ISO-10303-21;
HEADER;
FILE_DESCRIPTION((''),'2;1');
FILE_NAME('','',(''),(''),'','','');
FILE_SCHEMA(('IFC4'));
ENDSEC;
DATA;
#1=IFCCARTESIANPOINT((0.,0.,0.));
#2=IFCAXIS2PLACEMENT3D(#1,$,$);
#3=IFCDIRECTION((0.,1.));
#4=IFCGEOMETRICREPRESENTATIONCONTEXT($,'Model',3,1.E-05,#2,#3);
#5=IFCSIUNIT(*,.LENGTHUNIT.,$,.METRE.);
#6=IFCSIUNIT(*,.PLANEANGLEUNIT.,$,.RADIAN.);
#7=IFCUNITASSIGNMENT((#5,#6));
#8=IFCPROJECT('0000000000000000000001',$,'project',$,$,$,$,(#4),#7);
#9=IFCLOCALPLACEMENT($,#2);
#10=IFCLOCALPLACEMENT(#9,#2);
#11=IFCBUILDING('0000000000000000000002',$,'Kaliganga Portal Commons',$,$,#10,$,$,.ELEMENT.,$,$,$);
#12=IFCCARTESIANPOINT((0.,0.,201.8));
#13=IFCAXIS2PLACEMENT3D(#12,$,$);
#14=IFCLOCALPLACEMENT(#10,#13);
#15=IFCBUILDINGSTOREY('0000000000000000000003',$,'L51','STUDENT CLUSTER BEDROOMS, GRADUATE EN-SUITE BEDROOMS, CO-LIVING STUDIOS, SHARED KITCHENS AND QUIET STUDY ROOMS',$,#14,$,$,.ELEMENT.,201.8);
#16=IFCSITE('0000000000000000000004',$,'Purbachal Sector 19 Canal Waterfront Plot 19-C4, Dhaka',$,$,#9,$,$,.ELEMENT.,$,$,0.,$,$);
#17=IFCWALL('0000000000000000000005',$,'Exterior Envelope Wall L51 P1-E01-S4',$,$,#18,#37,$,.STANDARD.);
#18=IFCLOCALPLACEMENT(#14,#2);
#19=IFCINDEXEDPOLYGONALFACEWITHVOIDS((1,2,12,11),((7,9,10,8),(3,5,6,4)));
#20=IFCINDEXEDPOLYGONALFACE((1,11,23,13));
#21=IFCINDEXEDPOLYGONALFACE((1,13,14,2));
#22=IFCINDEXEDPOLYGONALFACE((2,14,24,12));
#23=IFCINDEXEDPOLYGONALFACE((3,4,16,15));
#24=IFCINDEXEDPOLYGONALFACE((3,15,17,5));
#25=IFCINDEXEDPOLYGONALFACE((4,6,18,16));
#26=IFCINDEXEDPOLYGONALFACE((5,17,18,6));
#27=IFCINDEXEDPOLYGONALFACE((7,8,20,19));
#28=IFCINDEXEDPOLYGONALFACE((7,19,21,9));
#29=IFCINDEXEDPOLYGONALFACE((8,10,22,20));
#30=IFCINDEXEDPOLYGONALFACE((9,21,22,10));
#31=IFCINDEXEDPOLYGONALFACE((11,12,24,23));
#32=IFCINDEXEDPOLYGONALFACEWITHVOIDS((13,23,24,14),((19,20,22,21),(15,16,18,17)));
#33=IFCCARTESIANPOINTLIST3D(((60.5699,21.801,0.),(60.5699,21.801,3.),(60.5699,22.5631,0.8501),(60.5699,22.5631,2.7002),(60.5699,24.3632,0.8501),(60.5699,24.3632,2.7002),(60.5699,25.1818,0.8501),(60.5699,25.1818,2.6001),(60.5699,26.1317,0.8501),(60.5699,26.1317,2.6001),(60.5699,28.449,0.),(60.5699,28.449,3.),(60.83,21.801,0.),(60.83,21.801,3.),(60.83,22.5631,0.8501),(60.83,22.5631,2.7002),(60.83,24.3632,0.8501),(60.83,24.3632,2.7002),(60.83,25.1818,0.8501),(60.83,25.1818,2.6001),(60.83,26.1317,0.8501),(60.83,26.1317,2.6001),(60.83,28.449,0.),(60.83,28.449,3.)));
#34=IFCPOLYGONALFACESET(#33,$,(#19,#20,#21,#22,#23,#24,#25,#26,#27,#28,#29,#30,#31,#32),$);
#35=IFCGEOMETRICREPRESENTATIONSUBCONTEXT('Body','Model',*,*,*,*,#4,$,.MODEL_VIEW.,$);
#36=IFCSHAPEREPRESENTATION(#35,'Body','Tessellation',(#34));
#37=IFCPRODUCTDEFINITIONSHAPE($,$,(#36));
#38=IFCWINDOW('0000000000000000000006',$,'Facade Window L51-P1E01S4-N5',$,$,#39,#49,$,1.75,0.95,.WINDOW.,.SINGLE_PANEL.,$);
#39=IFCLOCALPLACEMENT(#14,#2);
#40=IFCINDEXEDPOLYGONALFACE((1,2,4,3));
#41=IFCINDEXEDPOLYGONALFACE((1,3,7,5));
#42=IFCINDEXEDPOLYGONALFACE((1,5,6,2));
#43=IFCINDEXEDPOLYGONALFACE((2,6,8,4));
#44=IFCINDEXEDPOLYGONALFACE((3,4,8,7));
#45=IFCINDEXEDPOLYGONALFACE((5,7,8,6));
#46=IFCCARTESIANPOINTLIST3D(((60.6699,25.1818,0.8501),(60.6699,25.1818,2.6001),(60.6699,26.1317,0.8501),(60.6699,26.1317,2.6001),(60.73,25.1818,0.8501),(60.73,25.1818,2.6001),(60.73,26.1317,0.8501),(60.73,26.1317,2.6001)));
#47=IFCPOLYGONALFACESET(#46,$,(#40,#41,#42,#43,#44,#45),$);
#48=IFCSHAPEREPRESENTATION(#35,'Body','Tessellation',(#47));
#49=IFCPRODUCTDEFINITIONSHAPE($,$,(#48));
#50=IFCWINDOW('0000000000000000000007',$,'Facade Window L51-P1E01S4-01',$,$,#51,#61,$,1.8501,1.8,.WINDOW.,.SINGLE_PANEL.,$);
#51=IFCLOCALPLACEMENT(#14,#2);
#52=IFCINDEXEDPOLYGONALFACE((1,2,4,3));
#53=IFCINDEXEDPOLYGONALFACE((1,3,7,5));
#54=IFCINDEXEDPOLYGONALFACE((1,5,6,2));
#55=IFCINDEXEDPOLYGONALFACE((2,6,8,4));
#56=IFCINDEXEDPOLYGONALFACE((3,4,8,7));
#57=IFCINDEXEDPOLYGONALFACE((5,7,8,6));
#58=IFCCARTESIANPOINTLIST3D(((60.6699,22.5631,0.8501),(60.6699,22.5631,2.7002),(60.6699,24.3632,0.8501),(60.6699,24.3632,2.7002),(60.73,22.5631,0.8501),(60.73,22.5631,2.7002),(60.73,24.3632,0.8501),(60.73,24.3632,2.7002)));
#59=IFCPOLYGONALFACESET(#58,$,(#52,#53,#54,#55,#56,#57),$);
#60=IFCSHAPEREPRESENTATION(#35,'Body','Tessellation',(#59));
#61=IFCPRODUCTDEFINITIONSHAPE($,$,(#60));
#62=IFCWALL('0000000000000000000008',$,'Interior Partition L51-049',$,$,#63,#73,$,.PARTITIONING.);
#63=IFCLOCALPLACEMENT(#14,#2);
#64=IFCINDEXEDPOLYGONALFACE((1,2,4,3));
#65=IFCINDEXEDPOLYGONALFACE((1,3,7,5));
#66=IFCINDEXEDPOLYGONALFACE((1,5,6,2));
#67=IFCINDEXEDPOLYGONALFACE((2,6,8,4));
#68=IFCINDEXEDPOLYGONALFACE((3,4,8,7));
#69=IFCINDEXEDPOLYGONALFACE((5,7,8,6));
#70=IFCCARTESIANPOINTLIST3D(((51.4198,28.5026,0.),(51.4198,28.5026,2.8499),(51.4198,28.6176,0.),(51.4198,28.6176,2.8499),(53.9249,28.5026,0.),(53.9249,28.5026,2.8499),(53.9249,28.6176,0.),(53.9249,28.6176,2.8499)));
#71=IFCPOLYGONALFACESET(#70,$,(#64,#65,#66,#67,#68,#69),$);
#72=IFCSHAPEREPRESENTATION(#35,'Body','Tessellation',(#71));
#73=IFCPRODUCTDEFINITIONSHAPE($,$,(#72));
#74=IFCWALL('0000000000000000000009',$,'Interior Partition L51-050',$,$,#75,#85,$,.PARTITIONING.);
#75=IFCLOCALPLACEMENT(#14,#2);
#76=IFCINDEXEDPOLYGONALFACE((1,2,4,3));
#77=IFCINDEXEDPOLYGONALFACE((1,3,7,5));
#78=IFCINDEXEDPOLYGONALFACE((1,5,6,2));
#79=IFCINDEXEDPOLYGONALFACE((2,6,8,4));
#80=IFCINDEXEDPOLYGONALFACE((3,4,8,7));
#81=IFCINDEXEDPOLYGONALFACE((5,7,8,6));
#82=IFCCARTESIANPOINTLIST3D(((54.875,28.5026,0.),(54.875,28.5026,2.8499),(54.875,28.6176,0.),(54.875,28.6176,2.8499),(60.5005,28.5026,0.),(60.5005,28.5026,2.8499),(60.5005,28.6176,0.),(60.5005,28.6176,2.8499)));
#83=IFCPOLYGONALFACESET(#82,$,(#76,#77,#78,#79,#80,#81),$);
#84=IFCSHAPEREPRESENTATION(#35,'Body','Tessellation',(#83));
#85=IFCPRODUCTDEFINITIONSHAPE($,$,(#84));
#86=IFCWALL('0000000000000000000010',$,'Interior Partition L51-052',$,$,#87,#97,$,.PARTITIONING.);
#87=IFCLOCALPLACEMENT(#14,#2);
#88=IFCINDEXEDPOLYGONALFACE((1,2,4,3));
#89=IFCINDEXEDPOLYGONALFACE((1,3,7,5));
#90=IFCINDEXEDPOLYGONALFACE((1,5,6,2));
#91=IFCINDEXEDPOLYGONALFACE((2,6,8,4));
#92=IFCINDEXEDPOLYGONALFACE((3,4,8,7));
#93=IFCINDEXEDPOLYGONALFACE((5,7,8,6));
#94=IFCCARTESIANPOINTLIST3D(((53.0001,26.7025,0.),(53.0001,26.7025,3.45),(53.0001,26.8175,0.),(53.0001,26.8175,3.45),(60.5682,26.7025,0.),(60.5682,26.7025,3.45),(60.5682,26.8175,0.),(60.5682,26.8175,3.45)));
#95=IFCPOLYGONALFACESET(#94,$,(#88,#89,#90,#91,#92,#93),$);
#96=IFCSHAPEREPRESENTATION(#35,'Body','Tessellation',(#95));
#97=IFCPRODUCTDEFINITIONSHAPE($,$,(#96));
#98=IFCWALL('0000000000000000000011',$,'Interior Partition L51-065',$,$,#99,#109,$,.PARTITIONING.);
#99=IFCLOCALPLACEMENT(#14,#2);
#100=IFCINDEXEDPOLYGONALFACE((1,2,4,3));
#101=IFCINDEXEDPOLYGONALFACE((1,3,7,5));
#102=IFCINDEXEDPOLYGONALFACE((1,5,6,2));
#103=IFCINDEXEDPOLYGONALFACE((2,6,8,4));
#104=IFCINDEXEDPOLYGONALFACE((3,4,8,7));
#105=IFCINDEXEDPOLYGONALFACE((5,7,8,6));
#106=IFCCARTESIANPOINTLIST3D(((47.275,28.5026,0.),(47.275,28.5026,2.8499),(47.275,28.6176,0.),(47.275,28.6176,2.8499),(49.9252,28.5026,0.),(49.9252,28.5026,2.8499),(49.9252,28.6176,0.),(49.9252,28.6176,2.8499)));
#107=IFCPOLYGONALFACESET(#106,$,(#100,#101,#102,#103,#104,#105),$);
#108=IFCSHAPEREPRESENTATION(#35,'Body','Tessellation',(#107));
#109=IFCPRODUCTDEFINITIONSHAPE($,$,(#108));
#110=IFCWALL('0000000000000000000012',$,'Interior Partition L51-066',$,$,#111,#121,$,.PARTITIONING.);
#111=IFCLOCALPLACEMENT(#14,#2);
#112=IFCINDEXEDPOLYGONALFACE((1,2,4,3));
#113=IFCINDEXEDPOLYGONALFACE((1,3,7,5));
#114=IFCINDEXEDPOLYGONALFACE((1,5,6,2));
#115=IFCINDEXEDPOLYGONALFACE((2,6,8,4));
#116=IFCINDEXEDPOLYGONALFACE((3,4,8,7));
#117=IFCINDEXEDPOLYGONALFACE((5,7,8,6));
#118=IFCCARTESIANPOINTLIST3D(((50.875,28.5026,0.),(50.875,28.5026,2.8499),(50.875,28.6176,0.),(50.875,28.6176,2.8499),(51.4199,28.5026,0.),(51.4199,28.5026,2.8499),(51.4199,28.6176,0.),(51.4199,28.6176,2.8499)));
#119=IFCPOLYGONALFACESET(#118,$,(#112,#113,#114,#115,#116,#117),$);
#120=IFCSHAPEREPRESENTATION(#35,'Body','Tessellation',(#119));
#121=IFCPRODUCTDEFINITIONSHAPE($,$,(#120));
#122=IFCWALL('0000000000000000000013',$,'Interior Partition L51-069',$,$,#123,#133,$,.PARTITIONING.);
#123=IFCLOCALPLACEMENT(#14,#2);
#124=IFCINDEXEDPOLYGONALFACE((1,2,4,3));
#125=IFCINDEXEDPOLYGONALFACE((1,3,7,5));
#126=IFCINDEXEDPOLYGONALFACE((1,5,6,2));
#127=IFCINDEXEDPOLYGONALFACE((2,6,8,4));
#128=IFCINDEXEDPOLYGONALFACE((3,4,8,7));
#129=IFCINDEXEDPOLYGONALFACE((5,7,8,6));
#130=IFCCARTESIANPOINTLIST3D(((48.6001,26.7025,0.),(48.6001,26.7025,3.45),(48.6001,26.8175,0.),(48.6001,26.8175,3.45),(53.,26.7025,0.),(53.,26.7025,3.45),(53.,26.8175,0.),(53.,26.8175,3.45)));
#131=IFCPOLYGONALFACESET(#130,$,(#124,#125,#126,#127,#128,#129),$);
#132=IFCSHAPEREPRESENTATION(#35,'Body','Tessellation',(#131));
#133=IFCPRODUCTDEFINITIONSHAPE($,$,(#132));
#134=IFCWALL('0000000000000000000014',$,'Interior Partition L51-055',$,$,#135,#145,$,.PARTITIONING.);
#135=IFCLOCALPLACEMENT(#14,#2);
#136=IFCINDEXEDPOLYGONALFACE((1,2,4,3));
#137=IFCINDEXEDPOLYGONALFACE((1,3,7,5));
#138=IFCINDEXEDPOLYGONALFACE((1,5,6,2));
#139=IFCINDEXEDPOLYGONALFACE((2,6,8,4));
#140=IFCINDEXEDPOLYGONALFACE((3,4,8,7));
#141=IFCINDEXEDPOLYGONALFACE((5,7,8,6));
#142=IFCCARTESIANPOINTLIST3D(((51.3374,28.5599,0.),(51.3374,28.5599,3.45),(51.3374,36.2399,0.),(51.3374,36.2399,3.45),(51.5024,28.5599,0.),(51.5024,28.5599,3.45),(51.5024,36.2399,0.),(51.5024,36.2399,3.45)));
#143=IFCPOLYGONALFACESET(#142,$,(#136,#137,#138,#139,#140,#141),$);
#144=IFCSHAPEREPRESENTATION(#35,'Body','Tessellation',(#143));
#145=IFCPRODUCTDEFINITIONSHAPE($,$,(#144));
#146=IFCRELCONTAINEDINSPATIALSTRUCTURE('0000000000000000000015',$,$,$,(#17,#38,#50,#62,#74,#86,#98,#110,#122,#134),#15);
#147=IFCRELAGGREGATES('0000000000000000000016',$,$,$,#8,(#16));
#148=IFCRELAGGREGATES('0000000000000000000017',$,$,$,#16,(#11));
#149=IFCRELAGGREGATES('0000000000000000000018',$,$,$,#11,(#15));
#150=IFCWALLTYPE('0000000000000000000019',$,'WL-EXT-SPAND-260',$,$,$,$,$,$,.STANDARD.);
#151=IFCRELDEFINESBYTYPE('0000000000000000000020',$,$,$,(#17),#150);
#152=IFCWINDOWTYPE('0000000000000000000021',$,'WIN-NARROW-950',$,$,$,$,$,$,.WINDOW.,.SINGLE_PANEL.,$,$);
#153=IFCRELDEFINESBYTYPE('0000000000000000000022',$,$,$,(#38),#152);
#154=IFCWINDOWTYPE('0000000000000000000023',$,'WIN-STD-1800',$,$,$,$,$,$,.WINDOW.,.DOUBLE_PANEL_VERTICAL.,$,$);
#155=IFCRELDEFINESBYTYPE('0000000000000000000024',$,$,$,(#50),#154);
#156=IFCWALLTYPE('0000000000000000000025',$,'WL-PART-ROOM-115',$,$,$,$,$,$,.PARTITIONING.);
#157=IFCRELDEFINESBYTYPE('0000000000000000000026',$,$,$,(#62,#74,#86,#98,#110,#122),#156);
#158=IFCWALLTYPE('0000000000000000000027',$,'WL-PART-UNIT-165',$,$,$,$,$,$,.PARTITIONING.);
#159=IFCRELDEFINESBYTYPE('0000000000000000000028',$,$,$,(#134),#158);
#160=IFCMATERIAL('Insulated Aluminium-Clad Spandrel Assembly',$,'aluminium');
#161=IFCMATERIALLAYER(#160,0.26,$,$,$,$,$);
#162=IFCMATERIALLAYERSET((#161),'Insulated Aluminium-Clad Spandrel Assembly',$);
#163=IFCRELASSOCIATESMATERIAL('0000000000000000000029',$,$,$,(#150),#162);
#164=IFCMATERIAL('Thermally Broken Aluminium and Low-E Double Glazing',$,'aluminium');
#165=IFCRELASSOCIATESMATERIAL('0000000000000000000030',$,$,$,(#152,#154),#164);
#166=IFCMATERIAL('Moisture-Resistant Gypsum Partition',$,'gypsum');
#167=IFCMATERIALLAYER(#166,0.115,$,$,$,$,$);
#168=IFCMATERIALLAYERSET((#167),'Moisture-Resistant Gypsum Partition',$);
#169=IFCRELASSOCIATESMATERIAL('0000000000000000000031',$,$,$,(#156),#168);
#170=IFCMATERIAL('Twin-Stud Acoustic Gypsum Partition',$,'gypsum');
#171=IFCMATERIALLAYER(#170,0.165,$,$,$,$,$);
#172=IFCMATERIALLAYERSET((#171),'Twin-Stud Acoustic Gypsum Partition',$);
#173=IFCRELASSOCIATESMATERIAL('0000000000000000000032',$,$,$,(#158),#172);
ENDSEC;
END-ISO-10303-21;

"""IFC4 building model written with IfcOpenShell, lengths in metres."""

from ifc_helpers import new_model, si_unit, direction, frame, frame_2d, origin, place, context, subcontext, project, spatial, rectangle, extrude, material, layer, layer_set, type_object, element, fill, save


model = new_model("IFC4")

# Units and contexts
model_context = context("Model", 3, precision=1e-05, world=origin(), true_north=direction((0.0, 1.0)))
body_context = subcontext(model_context, "Body", "Model", "MODEL_VIEW")
ifc_project = project(units=[si_unit("LENGTHUNIT", "METRE"), si_unit("PLANEANGLEUNIT", "RADIAN")], contexts=[model_context])

# Site, building, storey
site_placement = place(None, origin())
site = spatial("IfcSite", under=ifc_project, at=site_placement, Name="Purbachal Sector 19 Canal Waterfront Plot 19-C4, Dhaka", CompositionType="ELEMENT", RefElevation=0.0)
building_placement = place(site_placement, origin())
building = spatial("IfcBuilding", under=site, at=building_placement, Name="Kaliganga Portal Commons", CompositionType="ELEMENT")
storey_placement = place(building_placement, frame((0.0, 0.0, 201.8)))
storey = spatial("IfcBuildingStorey", under=building, at=storey_placement, Name="L51", Description="STUDENT CLUSTER BEDROOMS, GRADUATE EN-SUITE BEDROOMS, CO-LIVING STUDIOS, SHARED KITCHENS AND QUIET STUDY ROOMS", CompositionType="ELEMENT", Elevation=201.8)

# Wall, openings, windows
ifc_material_1 = material(Name="Insulated Aluminium-Clad Spandrel Assembly", Category="aluminium")
ifc_layer_1 = layer(ifc_material_1, 0.26)
ifc_layer_set_1 = layer_set([ifc_layer_1], Name="Insulated Aluminium-Clad Spandrel Assembly")
wall_type_1 = type_object("IfcWallType", Name="WL-EXT-SPAND-260", PredefinedType="STANDARD", material=ifc_layer_set_1)
wall_1_placement = place(storey_placement, frame((60.7, 28.449, 0.0), z_axis=(0.0, 0.0, 1.0), x_axis=(0.0, -1.0, 0.0)))
wall_1 = element("IfcWall", 1, at=wall_1_placement, inside=storey, type_object=wall_type_1, Name="Exterior Envelope Wall L51 P1-E01-S4", PredefinedType="STANDARD", context=body_context, shape_type="SweptSolid", body=[
    extrude(rectangle(XDim=6.6479, YDim=0.26, at=frame_2d((3.324, 0.0))), origin(), (0.0, 0.0, 1.0), 3.0),
])
opening_1_placement = place(wall_1_placement, frame((4.0859, 0.0, 0.8501)))
opening_1 = element("IfcOpeningElement", 2, at=opening_1_placement, cuts=wall_1, PredefinedType="OPENING", context=body_context, shape_type="SweptSolid", body=[
    extrude(rectangle(XDim=1.8, YDim=1.8501, at=frame_2d((0.8999, 0.925))), frame((0.0, 0.1401, 0.0), z_axis=(0.0, -1.0, 0.0), x_axis=(1.0, 0.0, 0.0)), (0.0, 0.0, 1.0), 0.28),
])
opening_2_placement = place(wall_1_placement, frame((2.3171, 0.0, 0.8501)))
opening_2 = element("IfcOpeningElement", 3, at=opening_2_placement, cuts=wall_1, PredefinedType="OPENING", context=body_context, shape_type="SweptSolid", body=[
    extrude(rectangle(XDim=0.95, YDim=1.75, at=frame_2d((0.4751, 0.875))), frame((0.0, 0.1401, 0.0), z_axis=(0.0, -1.0, 0.0), x_axis=(1.0, 0.0, 0.0)), (0.0, 0.0, 1.0), 0.28),
])
ifc_material_2 = material(Name="Thermally Broken Aluminium and Low-E Double Glazing", Category="aluminium")
window_type_1 = type_object("IfcWindowType", Name="WIN-NARROW-950", PartitioningType="SINGLE_PANEL", PredefinedType="WINDOW", material=ifc_material_2)
window_1_placement = place(opening_2_placement, origin())
window_1 = element("IfcWindow", 4, at=window_1_placement, inside=storey, type_object=window_type_1, Name="Facade Window L51-P1E01S4-N5", OverallHeight=1.75, OverallWidth=0.95, PartitioningType="SINGLE_PANEL", PredefinedType="WINDOW", context=body_context, shape_type="SweptSolid", body=[
    extrude(rectangle(XDim=0.95, YDim=1.75, at=frame_2d((0.4751, 0.875))), frame((0.0, 0.03, 0.0), z_axis=(0.0, -1.0, 0.0), x_axis=(1.0, 0.0, 0.0)), (0.0, 0.0, 1.0), 0.0601),
])
fill(opening_2, window_1)
window_type_2 = type_object("IfcWindowType", Name="WIN-STD-1800", PartitioningType="DOUBLE_PANEL_VERTICAL", PredefinedType="WINDOW", material=ifc_material_2)
window_2_placement = place(opening_1_placement, origin())
window_2 = element("IfcWindow", 5, at=window_2_placement, inside=storey, type_object=window_type_2, Name="Facade Window L51-P1E01S4-01", OverallHeight=1.8501, OverallWidth=1.8, PartitioningType="SINGLE_PANEL", PredefinedType="WINDOW", context=body_context, shape_type="SweptSolid", body=[
    extrude(rectangle(XDim=1.8, YDim=1.8501, at=frame_2d((0.8999, 0.925))), frame((0.0, 0.03, 0.0), z_axis=(0.0, -1.0, 0.0), x_axis=(1.0, 0.0, 0.0)), (0.0, 0.0, 1.0), 0.0601),
])
fill(opening_1, window_2)

# Walls
ifc_material_3 = material(Name="Moisture-Resistant Gypsum Partition", Category="gypsum")
ifc_layer_2 = layer(ifc_material_3, 0.115)
ifc_layer_set_2 = layer_set([ifc_layer_2], Name="Moisture-Resistant Gypsum Partition")
wall_type_2 = type_object("IfcWallType", Name="WL-PART-ROOM-115", PredefinedType="PARTITIONING", material=ifc_layer_set_2)
wall_2_placement = place(storey_placement, frame((51.4199, 28.5601, 0.0), z_axis=(0.0, 0.0, 1.0), x_axis=(1.0, 0.0, 0.0)))
element("IfcWall", 6, at=wall_2_placement, inside=storey, type_object=wall_type_2, Name="Interior Partition L51-049", PredefinedType="PARTITIONING", context=body_context, shape_type="SweptSolid", body=[
    extrude(rectangle(XDim=2.5051, YDim=0.115, at=frame_2d((1.2524, 0.0))), origin(), (0.0, 0.0, 1.0), 2.8499),
])
wall_3_placement = place(storey_placement, frame((54.875, 28.5601, 0.0), z_axis=(0.0, 0.0, 1.0), x_axis=(1.0, 0.0, 0.0)))
element("IfcWall", 7, at=wall_3_placement, inside=storey, type_object=wall_type_2, Name="Interior Partition L51-050", PredefinedType="PARTITIONING", context=body_context, shape_type="SweptSolid", body=[
    extrude(rectangle(XDim=5.6255, YDim=0.115, at=frame_2d((2.8127, 0.0))), origin(), (0.0, 0.0, 1.0), 2.8499),
])
wall_4_placement = place(storey_placement, frame((53.0, 26.76, 0.0), z_axis=(0.0, 0.0, 1.0), x_axis=(1.0, 0.0, 0.0)))
element("IfcWall", 8, at=wall_4_placement, inside=storey, type_object=wall_type_2, Name="Interior Partition L51-052", PredefinedType="PARTITIONING", context=body_context, shape_type="SweptSolid", body=[
    extrude(rectangle(XDim=7.5681, YDim=0.115, at=frame_2d((3.7842, 0.0))), origin(), (0.0, 0.0, 1.0), 3.45),
])
wall_5_placement = place(storey_placement, frame((47.2749, 28.5601, 0.0), z_axis=(0.0, 0.0, 1.0), x_axis=(1.0, 0.0, 0.0)))
element("IfcWall", 9, at=wall_5_placement, inside=storey, type_object=wall_type_2, Name="Interior Partition L51-065", PredefinedType="PARTITIONING", context=body_context, shape_type="SweptSolid", body=[
    extrude(rectangle(XDim=2.6501, YDim=0.115, at=frame_2d((1.3252, 0.0))), origin(), (0.0, 0.0, 1.0), 2.8499),
])
wall_6_placement = place(storey_placement, frame((50.875, 28.5601, 0.0), z_axis=(0.0, 0.0, 1.0), x_axis=(1.0, 0.0, 0.0)))
element("IfcWall", 10, at=wall_6_placement, inside=storey, type_object=wall_type_2, Name="Interior Partition L51-066", PredefinedType="PARTITIONING", context=body_context, shape_type="SweptSolid", body=[
    extrude(rectangle(XDim=0.5449, YDim=0.115, at=frame_2d((0.2725, 0.0))), origin(), (0.0, 0.0, 1.0), 2.8499),
])
wall_7_placement = place(storey_placement, frame((48.6001, 26.76, 0.0), z_axis=(0.0, 0.0, 1.0), x_axis=(1.0, 0.0, 0.0)))
element("IfcWall", 11, at=wall_7_placement, inside=storey, type_object=wall_type_2, Name="Interior Partition L51-069", PredefinedType="PARTITIONING", context=body_context, shape_type="SweptSolid", body=[
    extrude(rectangle(XDim=4.3999, YDim=0.115, at=frame_2d((2.2, 0.0))), origin(), (0.0, 0.0, 1.0), 3.45),
])
ifc_material_4 = material(Name="Twin-Stud Acoustic Gypsum Partition", Category="gypsum")
ifc_layer_3 = layer(ifc_material_4, 0.165)
ifc_layer_set_3 = layer_set([ifc_layer_3], Name="Twin-Stud Acoustic Gypsum Partition")
wall_type_3 = type_object("IfcWallType", Name="WL-PART-UNIT-165", PredefinedType="PARTITIONING", material=ifc_layer_set_3)
wall_8_placement = place(storey_placement, frame((51.4199, 28.5601, 0.0), z_axis=(0.0, 0.0, 1.0), x_axis=(0.0, 1.0, 0.0)))
element("IfcWall", 12, at=wall_8_placement, inside=storey, type_object=wall_type_3, Name="Interior Partition L51-055", PredefinedType="PARTITIONING", context=body_context, shape_type="SweptSolid", body=[
    extrude(rectangle(XDim=7.6799, YDim=0.165, at=frame_2d((3.8398, 0.0))), origin(), (0.0, 0.0, 1.0), 3.45),
])

save(model, "model.ifc")
